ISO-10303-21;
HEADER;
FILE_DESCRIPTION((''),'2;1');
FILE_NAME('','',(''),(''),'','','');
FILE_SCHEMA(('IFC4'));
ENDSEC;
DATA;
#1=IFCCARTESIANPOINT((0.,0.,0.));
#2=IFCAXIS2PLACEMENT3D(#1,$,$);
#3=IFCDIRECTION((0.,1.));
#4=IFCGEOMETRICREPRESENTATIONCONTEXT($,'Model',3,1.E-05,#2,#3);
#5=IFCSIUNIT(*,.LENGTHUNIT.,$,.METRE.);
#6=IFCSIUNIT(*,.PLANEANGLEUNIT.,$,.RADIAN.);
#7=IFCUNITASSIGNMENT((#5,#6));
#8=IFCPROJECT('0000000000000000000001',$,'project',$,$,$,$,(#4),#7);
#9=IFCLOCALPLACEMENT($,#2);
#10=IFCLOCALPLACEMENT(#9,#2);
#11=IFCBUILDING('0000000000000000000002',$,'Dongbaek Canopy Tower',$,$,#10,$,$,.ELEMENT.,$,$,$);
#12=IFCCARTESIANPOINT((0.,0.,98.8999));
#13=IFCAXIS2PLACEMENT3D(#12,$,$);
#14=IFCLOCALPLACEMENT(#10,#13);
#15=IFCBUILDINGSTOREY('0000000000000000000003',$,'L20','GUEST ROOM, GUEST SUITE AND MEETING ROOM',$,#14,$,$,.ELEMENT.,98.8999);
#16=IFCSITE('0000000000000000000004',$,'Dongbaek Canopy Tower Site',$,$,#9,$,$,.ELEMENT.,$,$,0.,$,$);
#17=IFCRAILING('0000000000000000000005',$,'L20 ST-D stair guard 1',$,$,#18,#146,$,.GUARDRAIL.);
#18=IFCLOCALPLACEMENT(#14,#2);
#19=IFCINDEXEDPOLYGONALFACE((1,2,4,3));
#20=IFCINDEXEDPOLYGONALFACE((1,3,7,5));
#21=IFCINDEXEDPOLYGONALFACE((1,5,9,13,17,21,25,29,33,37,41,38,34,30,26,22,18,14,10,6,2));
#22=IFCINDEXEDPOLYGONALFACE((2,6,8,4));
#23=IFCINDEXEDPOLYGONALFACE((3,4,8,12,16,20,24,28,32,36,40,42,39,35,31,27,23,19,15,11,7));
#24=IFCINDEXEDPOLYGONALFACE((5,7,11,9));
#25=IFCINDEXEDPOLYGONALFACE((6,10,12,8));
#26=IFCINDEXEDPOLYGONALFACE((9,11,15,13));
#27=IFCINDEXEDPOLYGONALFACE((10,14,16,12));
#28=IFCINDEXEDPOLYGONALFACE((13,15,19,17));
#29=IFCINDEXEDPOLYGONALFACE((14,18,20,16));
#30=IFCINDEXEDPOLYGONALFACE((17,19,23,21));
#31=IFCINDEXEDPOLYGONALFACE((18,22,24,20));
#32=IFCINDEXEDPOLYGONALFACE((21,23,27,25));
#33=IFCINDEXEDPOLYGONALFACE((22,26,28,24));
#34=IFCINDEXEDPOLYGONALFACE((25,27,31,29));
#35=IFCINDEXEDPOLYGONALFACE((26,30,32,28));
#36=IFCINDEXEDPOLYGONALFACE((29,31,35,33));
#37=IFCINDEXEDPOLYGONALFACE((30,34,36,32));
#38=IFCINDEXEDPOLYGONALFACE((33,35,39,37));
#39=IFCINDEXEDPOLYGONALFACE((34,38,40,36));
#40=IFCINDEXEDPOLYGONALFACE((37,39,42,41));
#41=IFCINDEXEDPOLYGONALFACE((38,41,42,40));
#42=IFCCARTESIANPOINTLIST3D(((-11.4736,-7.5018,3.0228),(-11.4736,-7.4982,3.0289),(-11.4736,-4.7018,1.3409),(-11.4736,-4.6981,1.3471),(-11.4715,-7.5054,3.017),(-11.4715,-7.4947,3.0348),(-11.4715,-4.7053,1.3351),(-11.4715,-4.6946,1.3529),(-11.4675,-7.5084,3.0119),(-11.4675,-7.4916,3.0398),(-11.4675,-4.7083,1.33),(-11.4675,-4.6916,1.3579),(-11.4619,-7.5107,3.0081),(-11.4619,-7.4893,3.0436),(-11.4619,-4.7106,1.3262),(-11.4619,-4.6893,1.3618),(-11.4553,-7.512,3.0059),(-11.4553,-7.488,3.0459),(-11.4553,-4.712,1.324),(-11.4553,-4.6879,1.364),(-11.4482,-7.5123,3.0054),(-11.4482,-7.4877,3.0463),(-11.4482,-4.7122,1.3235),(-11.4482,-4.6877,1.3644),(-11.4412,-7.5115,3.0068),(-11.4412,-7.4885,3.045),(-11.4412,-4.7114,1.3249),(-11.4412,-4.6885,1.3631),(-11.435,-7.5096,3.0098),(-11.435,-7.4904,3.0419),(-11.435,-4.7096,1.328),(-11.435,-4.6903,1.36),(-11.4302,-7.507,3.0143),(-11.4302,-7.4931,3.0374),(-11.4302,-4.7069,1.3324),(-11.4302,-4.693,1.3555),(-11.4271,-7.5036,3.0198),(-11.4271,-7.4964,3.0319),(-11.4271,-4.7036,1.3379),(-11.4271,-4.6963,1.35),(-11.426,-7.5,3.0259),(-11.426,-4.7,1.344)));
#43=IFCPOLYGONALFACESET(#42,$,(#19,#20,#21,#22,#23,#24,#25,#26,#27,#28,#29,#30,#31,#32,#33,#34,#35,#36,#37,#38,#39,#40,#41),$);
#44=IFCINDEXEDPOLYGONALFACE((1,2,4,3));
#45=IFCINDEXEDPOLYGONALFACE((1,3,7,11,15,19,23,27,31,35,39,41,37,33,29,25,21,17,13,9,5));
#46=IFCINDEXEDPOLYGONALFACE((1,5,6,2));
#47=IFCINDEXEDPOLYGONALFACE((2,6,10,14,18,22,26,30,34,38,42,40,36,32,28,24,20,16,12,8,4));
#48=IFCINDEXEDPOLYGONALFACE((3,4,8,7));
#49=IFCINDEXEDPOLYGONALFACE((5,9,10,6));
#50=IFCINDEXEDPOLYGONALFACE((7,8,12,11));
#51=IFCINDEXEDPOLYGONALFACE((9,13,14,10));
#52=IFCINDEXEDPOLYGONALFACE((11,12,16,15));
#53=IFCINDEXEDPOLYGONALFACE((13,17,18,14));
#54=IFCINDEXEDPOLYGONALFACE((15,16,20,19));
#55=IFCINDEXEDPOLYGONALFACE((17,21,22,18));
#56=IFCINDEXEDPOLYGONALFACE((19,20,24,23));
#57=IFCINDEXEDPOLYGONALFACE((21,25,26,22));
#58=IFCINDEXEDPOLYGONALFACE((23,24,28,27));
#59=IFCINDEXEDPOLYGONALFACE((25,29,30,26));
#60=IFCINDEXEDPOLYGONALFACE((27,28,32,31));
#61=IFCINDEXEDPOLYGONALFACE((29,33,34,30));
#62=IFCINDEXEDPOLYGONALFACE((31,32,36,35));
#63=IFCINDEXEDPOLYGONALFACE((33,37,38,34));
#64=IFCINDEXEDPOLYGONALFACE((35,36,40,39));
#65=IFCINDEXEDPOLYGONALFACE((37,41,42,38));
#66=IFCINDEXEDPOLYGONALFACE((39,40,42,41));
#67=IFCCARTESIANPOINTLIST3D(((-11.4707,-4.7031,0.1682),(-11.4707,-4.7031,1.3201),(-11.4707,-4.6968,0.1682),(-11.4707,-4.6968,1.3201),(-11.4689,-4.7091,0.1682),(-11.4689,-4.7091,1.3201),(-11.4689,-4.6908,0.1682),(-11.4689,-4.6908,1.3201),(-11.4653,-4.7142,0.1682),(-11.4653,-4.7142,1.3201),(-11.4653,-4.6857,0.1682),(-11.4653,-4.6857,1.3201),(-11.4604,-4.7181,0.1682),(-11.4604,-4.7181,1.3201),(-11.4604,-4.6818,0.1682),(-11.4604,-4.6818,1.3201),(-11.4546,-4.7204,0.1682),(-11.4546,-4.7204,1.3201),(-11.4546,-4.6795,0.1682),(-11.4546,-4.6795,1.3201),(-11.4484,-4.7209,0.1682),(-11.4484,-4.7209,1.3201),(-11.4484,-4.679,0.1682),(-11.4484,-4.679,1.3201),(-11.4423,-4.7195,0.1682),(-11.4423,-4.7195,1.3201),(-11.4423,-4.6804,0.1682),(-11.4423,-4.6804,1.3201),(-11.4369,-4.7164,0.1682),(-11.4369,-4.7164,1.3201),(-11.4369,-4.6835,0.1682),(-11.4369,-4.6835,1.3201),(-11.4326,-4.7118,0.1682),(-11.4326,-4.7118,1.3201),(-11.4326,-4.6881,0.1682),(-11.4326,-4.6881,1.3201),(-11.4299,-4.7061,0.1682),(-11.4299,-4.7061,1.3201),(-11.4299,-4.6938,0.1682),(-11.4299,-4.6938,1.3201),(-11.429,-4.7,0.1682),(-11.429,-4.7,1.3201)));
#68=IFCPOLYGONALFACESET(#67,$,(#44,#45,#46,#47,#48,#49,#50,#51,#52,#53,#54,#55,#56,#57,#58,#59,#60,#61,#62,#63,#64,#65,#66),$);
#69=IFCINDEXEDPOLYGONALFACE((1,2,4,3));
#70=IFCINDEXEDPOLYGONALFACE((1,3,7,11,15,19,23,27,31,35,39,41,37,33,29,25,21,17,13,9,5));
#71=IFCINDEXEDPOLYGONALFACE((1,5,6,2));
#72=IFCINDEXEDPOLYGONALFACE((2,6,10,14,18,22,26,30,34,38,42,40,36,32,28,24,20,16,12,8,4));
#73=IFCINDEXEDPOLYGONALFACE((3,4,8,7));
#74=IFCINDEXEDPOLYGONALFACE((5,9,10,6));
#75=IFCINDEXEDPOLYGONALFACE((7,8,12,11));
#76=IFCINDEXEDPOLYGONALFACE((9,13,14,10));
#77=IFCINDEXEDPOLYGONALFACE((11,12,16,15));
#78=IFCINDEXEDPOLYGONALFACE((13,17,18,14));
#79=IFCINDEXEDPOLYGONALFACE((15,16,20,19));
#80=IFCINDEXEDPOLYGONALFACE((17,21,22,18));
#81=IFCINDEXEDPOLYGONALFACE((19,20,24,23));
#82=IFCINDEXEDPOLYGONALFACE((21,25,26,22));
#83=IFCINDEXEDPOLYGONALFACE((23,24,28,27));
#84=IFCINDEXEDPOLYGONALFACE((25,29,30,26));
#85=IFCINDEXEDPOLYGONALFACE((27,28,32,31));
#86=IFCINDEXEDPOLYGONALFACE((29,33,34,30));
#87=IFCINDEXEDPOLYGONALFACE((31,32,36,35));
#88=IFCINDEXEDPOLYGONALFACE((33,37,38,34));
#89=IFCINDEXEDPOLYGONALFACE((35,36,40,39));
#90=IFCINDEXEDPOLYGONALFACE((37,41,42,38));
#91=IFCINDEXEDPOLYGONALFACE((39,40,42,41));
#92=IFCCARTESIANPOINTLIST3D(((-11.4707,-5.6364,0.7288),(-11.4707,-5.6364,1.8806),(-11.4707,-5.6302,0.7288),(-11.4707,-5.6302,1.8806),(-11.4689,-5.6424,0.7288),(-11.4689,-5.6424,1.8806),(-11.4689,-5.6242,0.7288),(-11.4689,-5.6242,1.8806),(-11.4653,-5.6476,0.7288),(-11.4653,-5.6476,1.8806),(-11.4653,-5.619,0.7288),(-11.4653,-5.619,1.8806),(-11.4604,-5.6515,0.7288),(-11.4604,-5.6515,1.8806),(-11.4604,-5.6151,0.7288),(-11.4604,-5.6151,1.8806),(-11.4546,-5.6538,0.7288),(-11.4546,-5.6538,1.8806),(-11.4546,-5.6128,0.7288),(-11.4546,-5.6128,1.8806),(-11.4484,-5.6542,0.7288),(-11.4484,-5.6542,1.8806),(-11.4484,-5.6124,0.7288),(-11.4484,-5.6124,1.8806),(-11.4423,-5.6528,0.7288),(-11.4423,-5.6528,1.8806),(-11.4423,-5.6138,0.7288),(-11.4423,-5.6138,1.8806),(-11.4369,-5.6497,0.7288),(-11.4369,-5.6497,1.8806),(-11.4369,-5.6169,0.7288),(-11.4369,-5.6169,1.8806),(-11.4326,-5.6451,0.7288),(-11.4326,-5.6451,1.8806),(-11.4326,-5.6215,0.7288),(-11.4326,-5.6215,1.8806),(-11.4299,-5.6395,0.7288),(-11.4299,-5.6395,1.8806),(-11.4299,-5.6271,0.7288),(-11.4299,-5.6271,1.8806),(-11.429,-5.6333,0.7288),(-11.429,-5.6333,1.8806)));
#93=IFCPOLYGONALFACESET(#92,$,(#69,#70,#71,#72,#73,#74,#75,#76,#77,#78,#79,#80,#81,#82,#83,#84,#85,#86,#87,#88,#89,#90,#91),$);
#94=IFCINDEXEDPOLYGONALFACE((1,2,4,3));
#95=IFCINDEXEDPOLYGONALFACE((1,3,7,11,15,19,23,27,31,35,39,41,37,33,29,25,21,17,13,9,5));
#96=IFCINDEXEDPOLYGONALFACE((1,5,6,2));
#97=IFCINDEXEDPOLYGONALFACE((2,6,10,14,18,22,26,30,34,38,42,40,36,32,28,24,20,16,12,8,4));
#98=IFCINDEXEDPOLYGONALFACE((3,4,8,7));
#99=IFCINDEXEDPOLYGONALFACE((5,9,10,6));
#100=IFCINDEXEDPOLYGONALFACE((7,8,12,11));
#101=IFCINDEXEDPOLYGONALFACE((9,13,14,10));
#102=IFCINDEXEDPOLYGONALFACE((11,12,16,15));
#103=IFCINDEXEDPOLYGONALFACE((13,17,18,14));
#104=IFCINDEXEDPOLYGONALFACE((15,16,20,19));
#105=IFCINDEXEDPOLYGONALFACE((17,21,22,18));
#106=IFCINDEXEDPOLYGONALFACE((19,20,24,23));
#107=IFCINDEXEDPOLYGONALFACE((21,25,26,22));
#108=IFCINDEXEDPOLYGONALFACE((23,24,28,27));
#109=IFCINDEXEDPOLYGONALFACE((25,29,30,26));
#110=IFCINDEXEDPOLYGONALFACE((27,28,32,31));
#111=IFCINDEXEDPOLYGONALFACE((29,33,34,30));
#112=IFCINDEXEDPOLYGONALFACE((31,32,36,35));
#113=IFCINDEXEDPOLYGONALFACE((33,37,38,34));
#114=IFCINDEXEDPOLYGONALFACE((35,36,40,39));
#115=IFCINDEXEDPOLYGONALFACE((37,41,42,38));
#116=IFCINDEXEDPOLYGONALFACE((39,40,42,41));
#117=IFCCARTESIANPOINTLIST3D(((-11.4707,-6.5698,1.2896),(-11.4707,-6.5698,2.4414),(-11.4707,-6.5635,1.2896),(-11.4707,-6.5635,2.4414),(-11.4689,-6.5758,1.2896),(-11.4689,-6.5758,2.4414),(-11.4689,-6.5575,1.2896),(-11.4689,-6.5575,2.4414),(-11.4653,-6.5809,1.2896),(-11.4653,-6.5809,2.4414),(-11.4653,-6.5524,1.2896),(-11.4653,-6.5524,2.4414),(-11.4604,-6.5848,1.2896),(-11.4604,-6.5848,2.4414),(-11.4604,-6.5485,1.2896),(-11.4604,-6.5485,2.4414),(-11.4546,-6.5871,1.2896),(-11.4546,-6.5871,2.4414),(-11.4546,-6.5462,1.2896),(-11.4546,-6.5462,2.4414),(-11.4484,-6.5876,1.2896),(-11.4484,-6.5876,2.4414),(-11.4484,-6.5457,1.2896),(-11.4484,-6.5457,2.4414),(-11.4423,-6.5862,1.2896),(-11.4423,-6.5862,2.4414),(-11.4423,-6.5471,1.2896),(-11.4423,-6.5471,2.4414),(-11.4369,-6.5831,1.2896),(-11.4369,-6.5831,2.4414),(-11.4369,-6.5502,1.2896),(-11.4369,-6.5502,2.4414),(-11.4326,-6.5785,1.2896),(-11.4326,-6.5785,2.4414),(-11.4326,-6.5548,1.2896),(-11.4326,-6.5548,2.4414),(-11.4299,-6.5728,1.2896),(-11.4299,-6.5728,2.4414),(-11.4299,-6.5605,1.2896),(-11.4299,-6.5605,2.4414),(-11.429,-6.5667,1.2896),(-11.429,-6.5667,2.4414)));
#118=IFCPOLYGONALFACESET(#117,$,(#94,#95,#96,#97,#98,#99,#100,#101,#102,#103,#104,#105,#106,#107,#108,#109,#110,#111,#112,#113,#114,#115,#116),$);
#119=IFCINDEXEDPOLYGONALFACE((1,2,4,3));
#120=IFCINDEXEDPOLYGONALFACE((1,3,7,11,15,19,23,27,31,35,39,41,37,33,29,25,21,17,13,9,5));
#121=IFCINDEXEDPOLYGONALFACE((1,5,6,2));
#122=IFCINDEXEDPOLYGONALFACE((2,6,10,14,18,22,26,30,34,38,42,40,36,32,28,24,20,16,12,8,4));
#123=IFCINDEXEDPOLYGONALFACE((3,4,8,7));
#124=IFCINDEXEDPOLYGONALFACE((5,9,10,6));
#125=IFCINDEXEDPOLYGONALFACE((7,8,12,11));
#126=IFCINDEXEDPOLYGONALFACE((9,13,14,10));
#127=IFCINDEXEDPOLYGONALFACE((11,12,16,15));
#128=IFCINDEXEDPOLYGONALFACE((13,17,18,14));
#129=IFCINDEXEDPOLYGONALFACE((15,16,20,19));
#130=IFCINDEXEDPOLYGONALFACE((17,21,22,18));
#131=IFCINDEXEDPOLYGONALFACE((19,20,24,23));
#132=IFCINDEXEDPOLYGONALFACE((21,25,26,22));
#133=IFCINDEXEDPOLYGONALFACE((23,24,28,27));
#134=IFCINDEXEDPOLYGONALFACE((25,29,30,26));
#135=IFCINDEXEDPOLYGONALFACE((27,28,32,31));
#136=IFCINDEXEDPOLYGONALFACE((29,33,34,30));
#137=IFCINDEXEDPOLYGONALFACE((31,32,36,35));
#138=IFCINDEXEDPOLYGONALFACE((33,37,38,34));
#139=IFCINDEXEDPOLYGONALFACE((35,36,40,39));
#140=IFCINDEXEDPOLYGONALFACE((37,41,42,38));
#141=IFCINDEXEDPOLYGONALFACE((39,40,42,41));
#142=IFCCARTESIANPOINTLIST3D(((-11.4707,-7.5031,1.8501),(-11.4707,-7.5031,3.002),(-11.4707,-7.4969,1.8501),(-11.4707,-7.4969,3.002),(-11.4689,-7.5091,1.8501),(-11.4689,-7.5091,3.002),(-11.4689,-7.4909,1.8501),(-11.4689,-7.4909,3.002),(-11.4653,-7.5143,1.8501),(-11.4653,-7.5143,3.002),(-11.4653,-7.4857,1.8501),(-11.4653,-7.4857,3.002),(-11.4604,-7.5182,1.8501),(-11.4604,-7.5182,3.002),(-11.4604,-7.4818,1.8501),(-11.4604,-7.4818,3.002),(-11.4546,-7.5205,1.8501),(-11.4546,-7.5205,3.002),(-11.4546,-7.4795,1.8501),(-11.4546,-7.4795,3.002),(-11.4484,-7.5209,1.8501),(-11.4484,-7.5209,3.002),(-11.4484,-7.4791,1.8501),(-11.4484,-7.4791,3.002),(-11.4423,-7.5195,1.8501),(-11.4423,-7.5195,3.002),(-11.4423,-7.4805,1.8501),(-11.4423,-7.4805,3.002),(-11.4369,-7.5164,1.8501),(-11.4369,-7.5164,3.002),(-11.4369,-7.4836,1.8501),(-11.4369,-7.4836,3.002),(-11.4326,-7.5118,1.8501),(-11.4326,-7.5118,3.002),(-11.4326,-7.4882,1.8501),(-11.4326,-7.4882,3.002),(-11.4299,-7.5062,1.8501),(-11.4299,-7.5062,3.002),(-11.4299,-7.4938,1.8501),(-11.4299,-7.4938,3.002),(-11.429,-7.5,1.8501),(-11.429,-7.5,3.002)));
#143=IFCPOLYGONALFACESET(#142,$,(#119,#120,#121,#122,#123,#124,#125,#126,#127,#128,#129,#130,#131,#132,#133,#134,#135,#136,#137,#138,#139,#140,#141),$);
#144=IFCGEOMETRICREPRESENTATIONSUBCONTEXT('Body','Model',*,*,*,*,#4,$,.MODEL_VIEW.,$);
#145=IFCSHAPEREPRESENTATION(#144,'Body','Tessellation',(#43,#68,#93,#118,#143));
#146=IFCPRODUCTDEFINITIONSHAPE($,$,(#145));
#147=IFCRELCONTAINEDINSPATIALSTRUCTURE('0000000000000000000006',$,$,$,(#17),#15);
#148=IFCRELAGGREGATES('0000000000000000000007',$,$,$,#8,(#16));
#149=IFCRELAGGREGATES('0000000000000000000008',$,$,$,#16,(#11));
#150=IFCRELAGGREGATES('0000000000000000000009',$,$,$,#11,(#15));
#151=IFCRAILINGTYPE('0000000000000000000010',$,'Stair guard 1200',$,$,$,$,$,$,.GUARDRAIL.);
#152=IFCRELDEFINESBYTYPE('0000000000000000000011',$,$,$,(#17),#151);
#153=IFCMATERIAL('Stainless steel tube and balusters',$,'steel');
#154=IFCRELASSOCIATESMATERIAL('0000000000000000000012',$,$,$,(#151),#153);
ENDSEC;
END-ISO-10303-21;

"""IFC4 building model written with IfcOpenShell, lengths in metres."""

from ifc_helpers import new_model, si_unit, direction, frame, origin, origin_2d, place, context, subcontext, project, spatial, circle, extrude, material, type_object, element, save


model = new_model("IFC4")

# Units and contexts
model_context = context("Model", 3, precision=1e-05, world=origin(), true_north=direction((0.0, 1.0)))
body_context = subcontext(model_context, "Body", "Model", "MODEL_VIEW")
ifc_project = project(units=[si_unit("LENGTHUNIT", "METRE"), si_unit("PLANEANGLEUNIT", "RADIAN")], contexts=[model_context])

# Site, building, storey
site_placement = place(None, origin())
site = spatial("IfcSite", under=ifc_project, at=site_placement, Name="Dongbaek Canopy Tower Site", CompositionType="ELEMENT", RefElevation=0.0)
building_placement = place(site_placement, origin())
building = spatial("IfcBuilding", under=site, at=building_placement, Name="Dongbaek Canopy Tower", CompositionType="ELEMENT")
storey_placement = place(building_placement, frame((0.0, 0.0, 98.8999)))
storey = spatial("IfcBuildingStorey", under=building, at=storey_placement, Name="L20", Description="GUEST ROOM, GUEST SUITE AND MEETING ROOM", CompositionType="ELEMENT", Elevation=98.8999)

# Railing
ifc_material_1 = material(Name="Stainless steel tube and balusters", Category="steel")
railing_type_1 = type_object("IfcRailingType", Name="Stair guard 1200", PredefinedType="GUARDRAIL", material=ifc_material_1)
railing_1_placement = place(storey_placement, frame((-11.45, -4.7, 0.1682)))
element("IfcRailing", 1, at=railing_1_placement, inside=storey, type_object=railing_type_1, Name="L20 ST-D stair guard 1", PredefinedType="GUARDRAIL", context=body_context, shape_type="SweptSolid", body=[
    extrude(circle(Radius=0.0239, at=origin_2d()), frame((0.0, 0.0, 1.1758), z_axis=(0.0, -0.857242, 0.514913), x_axis=(1.0, 0.0, 0.0)), (0.0, 0.0, 1.0), 3.2664),
    extrude(circle(Radius=0.021, at=origin_2d()), origin(), (0.0, 0.0, 1.0), 1.1519),
    extrude(circle(Radius=0.021, at=origin_2d()), frame((0.0, -0.9333, 0.5605)), (0.0, 0.0, 1.0), 1.1519),
    extrude(circle(Radius=0.021, at=origin_2d()), frame((0.0, -1.8667, 1.1213)), (0.0, 0.0, 1.0), 1.1519),
    extrude(circle(Radius=0.021, at=origin_2d()), frame((0.0, -2.8, 1.6819)), (0.0, 0.0, 1.0), 1.1519),
])

save(model, "model.ifc")
